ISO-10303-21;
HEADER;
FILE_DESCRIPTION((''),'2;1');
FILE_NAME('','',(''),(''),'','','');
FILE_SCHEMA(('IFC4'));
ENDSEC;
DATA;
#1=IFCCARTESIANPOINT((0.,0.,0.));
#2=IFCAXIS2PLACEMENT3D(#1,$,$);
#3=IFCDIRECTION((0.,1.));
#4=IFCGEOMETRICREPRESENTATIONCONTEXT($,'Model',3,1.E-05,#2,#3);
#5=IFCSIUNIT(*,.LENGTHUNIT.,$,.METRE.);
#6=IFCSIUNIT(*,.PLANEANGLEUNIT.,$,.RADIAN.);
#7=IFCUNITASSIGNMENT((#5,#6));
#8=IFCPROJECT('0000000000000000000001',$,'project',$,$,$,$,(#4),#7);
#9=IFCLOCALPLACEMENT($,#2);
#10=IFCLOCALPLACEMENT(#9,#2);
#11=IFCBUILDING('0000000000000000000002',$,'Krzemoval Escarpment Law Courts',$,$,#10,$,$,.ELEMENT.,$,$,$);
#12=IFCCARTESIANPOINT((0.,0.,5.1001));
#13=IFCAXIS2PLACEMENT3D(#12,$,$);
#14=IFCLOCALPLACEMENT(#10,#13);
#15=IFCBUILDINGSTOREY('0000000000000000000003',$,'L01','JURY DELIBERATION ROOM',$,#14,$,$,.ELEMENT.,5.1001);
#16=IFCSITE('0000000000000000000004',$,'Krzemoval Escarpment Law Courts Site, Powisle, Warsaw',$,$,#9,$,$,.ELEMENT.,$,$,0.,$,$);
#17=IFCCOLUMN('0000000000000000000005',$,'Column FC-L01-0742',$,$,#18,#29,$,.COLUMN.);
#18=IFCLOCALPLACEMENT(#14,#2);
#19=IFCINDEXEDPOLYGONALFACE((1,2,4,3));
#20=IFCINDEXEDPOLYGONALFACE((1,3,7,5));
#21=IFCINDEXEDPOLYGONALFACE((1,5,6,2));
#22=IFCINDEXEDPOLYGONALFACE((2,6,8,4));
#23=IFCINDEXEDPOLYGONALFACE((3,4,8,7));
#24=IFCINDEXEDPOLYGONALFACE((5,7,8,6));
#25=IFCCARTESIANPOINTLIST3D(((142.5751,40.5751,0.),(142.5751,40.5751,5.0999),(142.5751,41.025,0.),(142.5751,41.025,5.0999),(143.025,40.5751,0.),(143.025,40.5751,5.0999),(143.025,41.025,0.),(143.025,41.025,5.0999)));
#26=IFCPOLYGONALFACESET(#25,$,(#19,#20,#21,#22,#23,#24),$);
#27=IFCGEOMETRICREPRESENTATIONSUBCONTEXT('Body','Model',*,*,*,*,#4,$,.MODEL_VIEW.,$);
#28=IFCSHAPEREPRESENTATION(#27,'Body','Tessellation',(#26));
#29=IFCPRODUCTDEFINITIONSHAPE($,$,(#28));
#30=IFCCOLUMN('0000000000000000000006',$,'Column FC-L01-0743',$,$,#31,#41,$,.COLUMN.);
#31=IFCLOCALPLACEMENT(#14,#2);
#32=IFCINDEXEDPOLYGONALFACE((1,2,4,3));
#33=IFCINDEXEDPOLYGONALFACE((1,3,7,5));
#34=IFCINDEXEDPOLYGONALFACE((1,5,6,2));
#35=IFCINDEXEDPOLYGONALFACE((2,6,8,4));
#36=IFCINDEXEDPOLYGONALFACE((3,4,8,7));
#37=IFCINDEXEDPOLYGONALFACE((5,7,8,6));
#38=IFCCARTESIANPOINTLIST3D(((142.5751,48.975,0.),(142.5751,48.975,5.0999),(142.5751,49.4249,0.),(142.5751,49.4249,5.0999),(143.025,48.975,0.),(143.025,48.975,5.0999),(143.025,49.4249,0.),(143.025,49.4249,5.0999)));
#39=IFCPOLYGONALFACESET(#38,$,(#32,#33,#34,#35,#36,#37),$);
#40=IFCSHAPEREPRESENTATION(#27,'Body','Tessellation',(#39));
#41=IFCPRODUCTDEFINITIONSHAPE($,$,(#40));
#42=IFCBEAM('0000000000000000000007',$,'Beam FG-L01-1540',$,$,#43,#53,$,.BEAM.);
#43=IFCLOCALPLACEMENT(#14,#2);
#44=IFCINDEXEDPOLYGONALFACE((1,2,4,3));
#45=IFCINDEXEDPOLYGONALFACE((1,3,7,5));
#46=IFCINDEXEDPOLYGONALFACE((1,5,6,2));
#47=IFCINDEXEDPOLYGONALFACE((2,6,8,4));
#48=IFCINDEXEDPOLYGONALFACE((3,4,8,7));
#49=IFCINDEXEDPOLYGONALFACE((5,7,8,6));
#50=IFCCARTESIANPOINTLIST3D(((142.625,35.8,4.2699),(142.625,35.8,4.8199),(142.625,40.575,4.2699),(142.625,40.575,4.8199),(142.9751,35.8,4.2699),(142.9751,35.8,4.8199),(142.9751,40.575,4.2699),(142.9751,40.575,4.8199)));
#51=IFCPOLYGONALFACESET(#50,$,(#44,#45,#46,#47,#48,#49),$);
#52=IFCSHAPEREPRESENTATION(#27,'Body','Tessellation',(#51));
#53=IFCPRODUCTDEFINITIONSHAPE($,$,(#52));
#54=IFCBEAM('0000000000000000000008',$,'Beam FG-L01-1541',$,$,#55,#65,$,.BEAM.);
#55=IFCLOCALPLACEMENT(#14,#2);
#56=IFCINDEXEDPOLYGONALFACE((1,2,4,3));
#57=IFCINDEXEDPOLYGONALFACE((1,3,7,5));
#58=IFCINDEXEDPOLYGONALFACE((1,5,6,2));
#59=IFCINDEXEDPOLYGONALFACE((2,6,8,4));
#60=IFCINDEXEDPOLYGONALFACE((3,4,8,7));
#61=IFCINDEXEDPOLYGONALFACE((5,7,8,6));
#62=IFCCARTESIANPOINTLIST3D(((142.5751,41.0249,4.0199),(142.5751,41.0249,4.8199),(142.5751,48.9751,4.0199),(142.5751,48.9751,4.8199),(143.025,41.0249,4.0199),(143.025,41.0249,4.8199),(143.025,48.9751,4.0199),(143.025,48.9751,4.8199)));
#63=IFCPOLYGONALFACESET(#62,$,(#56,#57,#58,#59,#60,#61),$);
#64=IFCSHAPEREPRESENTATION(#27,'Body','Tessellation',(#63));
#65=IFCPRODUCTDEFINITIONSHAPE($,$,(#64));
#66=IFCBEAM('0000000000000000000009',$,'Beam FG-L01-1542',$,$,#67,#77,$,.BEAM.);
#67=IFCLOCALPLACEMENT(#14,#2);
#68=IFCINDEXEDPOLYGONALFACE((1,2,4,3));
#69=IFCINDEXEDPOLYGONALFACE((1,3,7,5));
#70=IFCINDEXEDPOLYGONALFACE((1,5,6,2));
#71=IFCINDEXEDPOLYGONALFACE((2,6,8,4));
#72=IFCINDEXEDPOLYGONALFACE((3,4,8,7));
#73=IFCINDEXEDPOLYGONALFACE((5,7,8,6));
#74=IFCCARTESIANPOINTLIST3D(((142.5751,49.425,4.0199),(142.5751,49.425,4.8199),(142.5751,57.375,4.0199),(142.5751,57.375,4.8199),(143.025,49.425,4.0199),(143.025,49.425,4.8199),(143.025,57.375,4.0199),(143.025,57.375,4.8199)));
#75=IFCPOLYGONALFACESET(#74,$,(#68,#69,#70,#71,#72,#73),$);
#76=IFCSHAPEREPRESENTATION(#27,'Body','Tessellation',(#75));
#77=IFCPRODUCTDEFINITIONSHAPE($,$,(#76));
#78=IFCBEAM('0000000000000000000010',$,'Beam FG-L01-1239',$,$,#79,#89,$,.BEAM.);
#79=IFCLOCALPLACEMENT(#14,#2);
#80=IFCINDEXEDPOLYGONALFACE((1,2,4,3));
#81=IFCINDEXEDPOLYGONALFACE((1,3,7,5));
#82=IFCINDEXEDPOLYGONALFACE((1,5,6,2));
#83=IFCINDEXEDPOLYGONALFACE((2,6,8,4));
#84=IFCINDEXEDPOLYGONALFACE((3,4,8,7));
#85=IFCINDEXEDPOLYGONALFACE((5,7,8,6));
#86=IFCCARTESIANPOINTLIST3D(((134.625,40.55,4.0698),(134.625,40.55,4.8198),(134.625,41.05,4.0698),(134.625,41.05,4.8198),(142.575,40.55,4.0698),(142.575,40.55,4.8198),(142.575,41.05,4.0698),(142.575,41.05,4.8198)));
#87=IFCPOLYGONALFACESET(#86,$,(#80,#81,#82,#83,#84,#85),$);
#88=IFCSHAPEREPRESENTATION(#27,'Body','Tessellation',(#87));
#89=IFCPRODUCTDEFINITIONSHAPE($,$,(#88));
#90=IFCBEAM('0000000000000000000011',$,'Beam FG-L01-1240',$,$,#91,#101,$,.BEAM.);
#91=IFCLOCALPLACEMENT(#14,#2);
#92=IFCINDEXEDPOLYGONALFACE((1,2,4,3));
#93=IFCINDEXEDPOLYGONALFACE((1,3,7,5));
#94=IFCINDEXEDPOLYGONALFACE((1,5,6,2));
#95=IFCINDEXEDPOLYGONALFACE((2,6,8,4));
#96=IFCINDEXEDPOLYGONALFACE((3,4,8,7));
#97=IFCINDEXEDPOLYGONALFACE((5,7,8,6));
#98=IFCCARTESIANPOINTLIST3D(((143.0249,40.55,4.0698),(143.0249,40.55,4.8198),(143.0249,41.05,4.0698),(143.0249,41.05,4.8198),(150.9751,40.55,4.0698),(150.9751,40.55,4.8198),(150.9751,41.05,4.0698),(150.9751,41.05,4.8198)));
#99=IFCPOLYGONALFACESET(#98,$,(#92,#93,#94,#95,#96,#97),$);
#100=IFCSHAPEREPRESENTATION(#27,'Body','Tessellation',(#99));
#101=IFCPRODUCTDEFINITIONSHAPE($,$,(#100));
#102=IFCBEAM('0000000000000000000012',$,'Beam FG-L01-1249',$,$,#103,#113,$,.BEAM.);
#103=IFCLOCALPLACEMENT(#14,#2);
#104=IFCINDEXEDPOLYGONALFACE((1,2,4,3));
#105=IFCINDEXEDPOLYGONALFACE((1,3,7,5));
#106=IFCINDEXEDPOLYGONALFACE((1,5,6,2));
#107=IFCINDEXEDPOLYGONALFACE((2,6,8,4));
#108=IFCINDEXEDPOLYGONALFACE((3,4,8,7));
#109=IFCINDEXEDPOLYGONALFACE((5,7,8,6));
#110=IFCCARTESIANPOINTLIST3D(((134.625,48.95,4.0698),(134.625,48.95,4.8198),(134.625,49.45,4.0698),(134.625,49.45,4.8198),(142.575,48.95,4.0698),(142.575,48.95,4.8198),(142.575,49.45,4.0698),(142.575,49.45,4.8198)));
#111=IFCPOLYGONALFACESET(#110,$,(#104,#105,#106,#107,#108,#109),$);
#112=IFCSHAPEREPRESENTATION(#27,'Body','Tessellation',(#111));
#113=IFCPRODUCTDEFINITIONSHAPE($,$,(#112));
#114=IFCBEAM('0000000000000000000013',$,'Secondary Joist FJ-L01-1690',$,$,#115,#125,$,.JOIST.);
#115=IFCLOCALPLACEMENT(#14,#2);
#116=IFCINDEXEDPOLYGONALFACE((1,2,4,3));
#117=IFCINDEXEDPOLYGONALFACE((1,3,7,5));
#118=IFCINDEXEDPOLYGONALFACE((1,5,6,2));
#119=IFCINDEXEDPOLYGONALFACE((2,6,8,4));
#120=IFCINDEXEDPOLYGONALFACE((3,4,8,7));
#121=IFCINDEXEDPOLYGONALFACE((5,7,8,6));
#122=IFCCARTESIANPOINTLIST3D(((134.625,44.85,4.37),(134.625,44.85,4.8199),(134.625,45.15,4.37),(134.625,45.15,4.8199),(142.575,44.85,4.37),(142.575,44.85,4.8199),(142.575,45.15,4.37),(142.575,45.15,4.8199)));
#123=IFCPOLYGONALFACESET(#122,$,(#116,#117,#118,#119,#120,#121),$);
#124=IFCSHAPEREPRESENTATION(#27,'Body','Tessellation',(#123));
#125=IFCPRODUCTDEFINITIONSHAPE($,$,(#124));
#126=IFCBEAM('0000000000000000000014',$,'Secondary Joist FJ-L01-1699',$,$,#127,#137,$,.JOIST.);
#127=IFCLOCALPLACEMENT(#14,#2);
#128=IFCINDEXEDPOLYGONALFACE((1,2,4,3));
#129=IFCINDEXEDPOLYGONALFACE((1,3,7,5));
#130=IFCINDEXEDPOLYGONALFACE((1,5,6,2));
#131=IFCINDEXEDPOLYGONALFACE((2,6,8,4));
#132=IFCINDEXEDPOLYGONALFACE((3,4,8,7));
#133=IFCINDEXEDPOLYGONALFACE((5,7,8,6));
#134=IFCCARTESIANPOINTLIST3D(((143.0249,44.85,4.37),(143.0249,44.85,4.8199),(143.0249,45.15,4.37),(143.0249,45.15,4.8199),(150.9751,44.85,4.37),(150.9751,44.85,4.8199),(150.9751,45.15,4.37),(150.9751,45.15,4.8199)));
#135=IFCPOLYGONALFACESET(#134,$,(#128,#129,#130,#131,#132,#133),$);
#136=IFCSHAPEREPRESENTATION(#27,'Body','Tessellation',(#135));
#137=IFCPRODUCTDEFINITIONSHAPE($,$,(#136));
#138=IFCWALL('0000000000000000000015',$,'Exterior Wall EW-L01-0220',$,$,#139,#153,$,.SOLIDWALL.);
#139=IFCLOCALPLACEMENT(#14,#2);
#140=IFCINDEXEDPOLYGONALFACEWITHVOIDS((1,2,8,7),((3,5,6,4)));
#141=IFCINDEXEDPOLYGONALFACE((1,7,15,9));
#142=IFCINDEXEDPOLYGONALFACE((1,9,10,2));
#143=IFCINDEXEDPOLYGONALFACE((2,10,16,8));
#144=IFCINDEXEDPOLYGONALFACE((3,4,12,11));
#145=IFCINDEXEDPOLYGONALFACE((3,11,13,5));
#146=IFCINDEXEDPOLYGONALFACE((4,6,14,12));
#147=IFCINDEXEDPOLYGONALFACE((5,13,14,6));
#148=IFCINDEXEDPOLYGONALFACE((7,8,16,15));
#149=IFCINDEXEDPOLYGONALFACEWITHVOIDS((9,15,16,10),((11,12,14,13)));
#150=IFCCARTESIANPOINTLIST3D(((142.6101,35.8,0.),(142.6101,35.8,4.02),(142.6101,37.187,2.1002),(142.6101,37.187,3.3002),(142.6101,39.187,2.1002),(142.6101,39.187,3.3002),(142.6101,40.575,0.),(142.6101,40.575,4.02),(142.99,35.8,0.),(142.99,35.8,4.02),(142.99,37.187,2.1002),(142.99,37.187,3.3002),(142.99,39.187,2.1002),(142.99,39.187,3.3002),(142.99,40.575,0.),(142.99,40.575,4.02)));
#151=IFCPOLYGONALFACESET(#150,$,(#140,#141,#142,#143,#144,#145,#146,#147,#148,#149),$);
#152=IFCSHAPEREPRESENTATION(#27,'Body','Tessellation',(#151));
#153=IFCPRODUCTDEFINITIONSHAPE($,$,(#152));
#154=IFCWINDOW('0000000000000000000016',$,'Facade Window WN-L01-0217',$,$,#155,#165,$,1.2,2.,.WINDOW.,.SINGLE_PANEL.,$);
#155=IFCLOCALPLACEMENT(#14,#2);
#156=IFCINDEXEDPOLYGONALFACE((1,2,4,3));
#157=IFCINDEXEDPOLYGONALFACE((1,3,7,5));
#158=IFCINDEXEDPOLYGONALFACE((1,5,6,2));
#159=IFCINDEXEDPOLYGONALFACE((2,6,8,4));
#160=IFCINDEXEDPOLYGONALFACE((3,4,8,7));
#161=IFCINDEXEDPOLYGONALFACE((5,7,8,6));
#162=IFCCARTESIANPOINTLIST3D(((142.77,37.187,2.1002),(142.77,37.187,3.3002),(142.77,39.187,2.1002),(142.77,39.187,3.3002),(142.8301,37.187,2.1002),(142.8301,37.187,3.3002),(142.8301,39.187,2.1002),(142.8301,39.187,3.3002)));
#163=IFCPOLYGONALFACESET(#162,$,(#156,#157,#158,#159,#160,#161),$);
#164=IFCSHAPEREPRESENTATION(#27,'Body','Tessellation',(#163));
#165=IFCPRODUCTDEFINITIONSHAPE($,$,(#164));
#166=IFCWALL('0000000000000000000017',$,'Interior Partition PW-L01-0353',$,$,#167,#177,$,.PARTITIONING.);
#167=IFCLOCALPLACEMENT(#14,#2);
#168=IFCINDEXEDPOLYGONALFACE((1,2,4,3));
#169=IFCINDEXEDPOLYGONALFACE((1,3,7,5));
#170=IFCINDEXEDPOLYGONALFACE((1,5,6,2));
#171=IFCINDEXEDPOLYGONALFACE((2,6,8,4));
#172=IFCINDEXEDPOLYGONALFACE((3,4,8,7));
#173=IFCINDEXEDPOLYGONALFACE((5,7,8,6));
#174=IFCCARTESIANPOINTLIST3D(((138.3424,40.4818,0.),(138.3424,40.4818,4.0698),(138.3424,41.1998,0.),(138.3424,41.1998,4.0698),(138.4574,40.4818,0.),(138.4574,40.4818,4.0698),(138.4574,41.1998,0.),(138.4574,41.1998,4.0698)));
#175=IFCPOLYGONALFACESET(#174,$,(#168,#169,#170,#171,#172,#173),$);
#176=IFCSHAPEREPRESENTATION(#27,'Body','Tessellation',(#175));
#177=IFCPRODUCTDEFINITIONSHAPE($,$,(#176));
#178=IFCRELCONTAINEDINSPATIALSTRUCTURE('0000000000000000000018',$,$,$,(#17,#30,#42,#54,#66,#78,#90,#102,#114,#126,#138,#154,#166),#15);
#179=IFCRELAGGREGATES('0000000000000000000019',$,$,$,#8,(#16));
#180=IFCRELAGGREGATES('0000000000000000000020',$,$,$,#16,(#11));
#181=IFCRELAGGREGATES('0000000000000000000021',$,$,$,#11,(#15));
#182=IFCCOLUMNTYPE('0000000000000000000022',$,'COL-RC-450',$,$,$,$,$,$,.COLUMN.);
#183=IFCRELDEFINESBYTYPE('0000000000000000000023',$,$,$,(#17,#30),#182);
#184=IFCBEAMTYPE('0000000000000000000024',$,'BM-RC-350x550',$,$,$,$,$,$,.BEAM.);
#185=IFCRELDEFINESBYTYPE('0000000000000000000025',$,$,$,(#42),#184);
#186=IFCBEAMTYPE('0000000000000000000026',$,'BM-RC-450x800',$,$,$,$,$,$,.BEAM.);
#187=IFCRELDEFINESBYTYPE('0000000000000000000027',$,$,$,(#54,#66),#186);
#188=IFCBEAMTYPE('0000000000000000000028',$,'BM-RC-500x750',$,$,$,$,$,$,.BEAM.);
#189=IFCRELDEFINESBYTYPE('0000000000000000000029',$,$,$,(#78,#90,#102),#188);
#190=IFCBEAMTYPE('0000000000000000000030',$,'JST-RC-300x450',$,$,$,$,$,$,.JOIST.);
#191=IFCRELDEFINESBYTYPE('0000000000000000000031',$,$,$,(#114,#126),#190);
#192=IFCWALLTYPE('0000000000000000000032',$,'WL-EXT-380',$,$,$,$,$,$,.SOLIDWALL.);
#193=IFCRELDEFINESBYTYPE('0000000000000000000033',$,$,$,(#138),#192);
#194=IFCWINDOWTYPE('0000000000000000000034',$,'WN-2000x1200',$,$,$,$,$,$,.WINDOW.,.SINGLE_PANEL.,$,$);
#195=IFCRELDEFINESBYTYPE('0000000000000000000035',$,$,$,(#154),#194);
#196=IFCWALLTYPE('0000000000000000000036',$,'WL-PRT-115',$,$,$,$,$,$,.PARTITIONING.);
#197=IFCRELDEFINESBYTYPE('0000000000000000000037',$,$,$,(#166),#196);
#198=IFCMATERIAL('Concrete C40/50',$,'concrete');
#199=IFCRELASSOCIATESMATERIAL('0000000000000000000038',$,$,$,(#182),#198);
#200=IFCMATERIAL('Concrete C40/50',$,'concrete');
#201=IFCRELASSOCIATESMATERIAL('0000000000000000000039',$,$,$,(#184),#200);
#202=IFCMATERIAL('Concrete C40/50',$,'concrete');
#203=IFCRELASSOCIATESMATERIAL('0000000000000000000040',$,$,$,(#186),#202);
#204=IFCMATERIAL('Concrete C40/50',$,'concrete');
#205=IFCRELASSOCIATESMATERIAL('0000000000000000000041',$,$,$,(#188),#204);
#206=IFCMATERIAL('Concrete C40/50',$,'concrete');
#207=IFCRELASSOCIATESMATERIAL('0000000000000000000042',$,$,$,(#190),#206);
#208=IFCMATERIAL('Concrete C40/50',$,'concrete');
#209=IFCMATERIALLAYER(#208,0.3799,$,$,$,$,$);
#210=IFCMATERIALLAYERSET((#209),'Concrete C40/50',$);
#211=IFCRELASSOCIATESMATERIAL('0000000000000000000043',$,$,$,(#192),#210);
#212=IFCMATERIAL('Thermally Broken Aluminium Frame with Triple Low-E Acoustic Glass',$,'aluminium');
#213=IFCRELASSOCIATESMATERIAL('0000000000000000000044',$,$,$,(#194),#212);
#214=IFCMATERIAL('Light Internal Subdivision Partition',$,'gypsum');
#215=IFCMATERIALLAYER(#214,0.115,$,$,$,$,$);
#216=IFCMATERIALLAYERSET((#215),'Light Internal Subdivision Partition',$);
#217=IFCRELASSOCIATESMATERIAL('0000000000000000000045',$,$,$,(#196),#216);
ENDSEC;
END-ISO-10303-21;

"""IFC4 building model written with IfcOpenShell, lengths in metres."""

from ifc_helpers import new_model, si_unit, direction, frame, frame_2d, origin, origin_2d, place, context, subcontext, project, spatial, rectangle, extrude, material, layer, layer_set, material_profile, profile_set, type_object, element, fill, save


model = new_model("IFC4")

# Units and contexts
model_context = context("Model", 3, precision=1e-05, world=origin(), true_north=direction((0.0, 1.0)))
body_context = subcontext(model_context, "Body", "Model", "MODEL_VIEW")
ifc_project = project(units=[si_unit("LENGTHUNIT", "METRE"), si_unit("PLANEANGLEUNIT", "RADIAN")], contexts=[model_context])

# Site, building, storey
site_placement = place(None, origin())
site = spatial("IfcSite", under=ifc_project, at=site_placement, Name="Krzemoval Escarpment Law Courts Site, Powisle, Warsaw", CompositionType="ELEMENT", RefElevation=0.0)
building_placement = place(site_placement, origin())
building = spatial("IfcBuilding", under=site, at=building_placement, Name="Krzemoval Escarpment Law Courts", CompositionType="ELEMENT")
storey_placement = place(building_placement, frame((0.0, 0.0, 5.1001)))
storey = spatial("IfcBuildingStorey", under=building, at=storey_placement, Name="L01", Description="JURY DELIBERATION ROOM", CompositionType="ELEMENT", Elevation=5.1001)

# Columns
ifc_material_1 = material(Name="Concrete C40/50", Category="concrete")
ifc_material_profile_1 = material_profile(ifc_material_1, rectangle(XDim=0.45, YDim=0.45, at=origin_2d()), Name="RC 450x450")
ifc_profile_set_1 = profile_set([ifc_material_profile_1], Name="Concrete C40/50")
column_type = type_object("IfcColumnType", Name="COL-RC-450", PredefinedType="COLUMN", material=ifc_profile_set_1)
for number, where, z_axis, x_axis, name in (
    (1, (142.8, 40.8, 0.0), (0.0, 0.0, 1.0), (1.0, 0.0, 0.0), "Column FC-L01-0742"),
    (2, (142.8, 49.2, 0.0), (0.0, 0.0, 1.0), (1.0, 0.0, 0.0), "Column FC-L01-0743"),
):
    element("IfcColumn", number, at=place(storey_placement, frame(where, z_axis=z_axis, x_axis=x_axis)), inside=storey, type_object=column_type, Name=name, PredefinedType="COLUMN", context=body_context, shape_type="SweptSolid", body=[
        extrude(rectangle(XDim=0.45, YDim=0.45, at=origin_2d()), origin(), (0.0, 0.0, 1.0), 5.0999),
    ])

# Beams
ifc_material_2 = material(Name="Concrete C40/50", Category="concrete")
ifc_material_profile_2 = material_profile(ifc_material_2, rectangle(XDim=0.3501, YDim=0.55, at=origin_2d()), Name="RCB 350x550")
ifc_profile_set_2 = profile_set([ifc_material_profile_2], Name="Concrete C40/50")
beam_type_1 = type_object("IfcBeamType", Name="BM-RC-350x550", PredefinedType="BEAM", material=ifc_profile_set_2)
beam_1_placement = place(storey_placement, frame((142.8, 35.8, 4.5449), z_axis=(0.0, 1.0, 0.0), x_axis=(-1.0, 0.0, 0.0)))
element("IfcBeam", 3, at=beam_1_placement, inside=storey, type_object=beam_type_1, Name="Beam FG-L01-1540", PredefinedType="BEAM", context=body_context, shape_type="SweptSolid", body=[
    extrude(rectangle(XDim=0.3501, YDim=0.55, at=origin_2d()), origin(), (0.0, 0.0, 1.0), 4.7749),
])
ifc_material_3 = material(Name="Concrete C40/50", Category="concrete")
ifc_material_profile_3 = material_profile(ifc_material_3, rectangle(XDim=0.45, YDim=0.8, at=origin_2d()), Name="RCB 450x800")
ifc_profile_set_3 = profile_set([ifc_material_profile_3], Name="Concrete C40/50")
beam_type_2 = type_object("IfcBeamType", Name="BM-RC-450x800", PredefinedType="BEAM", material=ifc_profile_set_3)
beam_2_placement = place(storey_placement, frame((142.8, 41.0249, 4.4199), z_axis=(0.0, 1.0, 0.0), x_axis=(-1.0, 0.0, 0.0)))
element("IfcBeam", 4, at=beam_2_placement, inside=storey, type_object=beam_type_2, Name="Beam FG-L01-1541", PredefinedType="BEAM", context=body_context, shape_type="SweptSolid", body=[
    extrude(rectangle(XDim=0.45, YDim=0.8, at=origin_2d()), origin(), (0.0, 0.0, 1.0), 7.9502),
])
beam_3_placement = place(storey_placement, frame((142.8, 49.425, 4.4199), z_axis=(0.0, 1.0, 0.0), x_axis=(-1.0, 0.0, 0.0)))
element("IfcBeam", 5, at=beam_3_placement, inside=storey, type_object=beam_type_2, Name="Beam FG-L01-1542", PredefinedType="BEAM", context=body_context, shape_type="SweptSolid", body=[
    extrude(rectangle(XDim=0.45, YDim=0.8, at=origin_2d()), origin(), (0.0, 0.0, 1.0), 7.95),
])
ifc_material_4 = material(Name="Concrete C40/50", Category="concrete")
ifc_material_profile_4 = material_profile(ifc_material_4, rectangle(XDim=0.5, YDim=0.75, at=origin_2d()), Name="RCB 500x750")
ifc_profile_set_4 = profile_set([ifc_material_profile_4], Name="Concrete C40/50")
beam_type_3 = type_object("IfcBeamType", Name="BM-RC-500x750", PredefinedType="BEAM", material=ifc_profile_set_4)
beam_4_placement = place(storey_placement, frame((134.625, 40.8, 4.4448), z_axis=(1.0, 0.0, 0.0), x_axis=(0.0, 1.0, 0.0)))
element("IfcBeam", 6, at=beam_4_placement, inside=storey, type_object=beam_type_3, Name="Beam FG-L01-1239", PredefinedType="BEAM", context=body_context, shape_type="SweptSolid", body=[
    extrude(rectangle(XDim=0.5, YDim=0.75, at=origin_2d()), origin(), (0.0, 0.0, 1.0), 7.95),
])
beam_5_placement = place(storey_placement, frame((143.0249, 40.8, 4.4448), z_axis=(1.0, 0.0, 0.0), x_axis=(0.0, 1.0, 0.0)))
element("IfcBeam", 7, at=beam_5_placement, inside=storey, type_object=beam_type_3, Name="Beam FG-L01-1240", PredefinedType="BEAM", context=body_context, shape_type="SweptSolid", body=[
    extrude(rectangle(XDim=0.5, YDim=0.75, at=origin_2d()), origin(), (0.0, 0.0, 1.0), 7.9502),
])
beam_6_placement = place(storey_placement, frame((134.625, 49.2, 4.4448), z_axis=(1.0, 0.0, 0.0), x_axis=(0.0, 1.0, 0.0)))
element("IfcBeam", 8, at=beam_6_placement, inside=storey, type_object=beam_type_3, Name="Beam FG-L01-1249", PredefinedType="BEAM", context=body_context, shape_type="SweptSolid", body=[
    extrude(rectangle(XDim=0.5, YDim=0.75, at=origin_2d()), origin(), (0.0, 0.0, 1.0), 7.95),
])
ifc_material_5 = material(Name="Concrete C40/50", Category="concrete")
ifc_material_profile_5 = material_profile(ifc_material_5, rectangle(XDim=0.3, YDim=0.45, at=origin_2d()), Name="RCB 300x450")
ifc_profile_set_5 = profile_set([ifc_material_profile_5], Name="Concrete C40/50")
beam_type_4 = type_object("IfcBeamType", Name="JST-RC-300x450", PredefinedType="JOIST", material=ifc_profile_set_5)
beam_7_placement = place(storey_placement, frame((134.625, 45.0, 4.595), z_axis=(1.0, 0.0, 0.0), x_axis=(0.0, 1.0, 0.0)))
element("IfcBeam", 9, at=beam_7_placement, inside=storey, type_object=beam_type_4, Name="Secondary Joist FJ-L01-1690", PredefinedType="JOIST", context=body_context, shape_type="SweptSolid", body=[
    extrude(rectangle(XDim=0.3, YDim=0.45, at=origin_2d()), origin(), (0.0, 0.0, 1.0), 7.95),
])
beam_8_placement = place(storey_placement, frame((143.0249, 45.0, 4.595), z_axis=(1.0, 0.0, 0.0), x_axis=(0.0, 1.0, 0.0)))
element("IfcBeam", 10, at=beam_8_placement, inside=storey, type_object=beam_type_4, Name="Secondary Joist FJ-L01-1699", PredefinedType="JOIST", context=body_context, shape_type="SweptSolid", body=[
    extrude(rectangle(XDim=0.3, YDim=0.45, at=origin_2d()), origin(), (0.0, 0.0, 1.0), 7.9502),
])

# Wall, opening, window
ifc_material_6 = material(Name="Concrete C40/50", Category="concrete")
ifc_layer_1 = layer(ifc_material_6, 0.3799)
ifc_layer_set_1 = layer_set([ifc_layer_1], Name="Concrete C40/50")
wall_type_1 = type_object("IfcWallType", Name="WL-EXT-380", PredefinedType="SOLIDWALL", material=ifc_layer_set_1)
wall_1_placement = place(storey_placement, frame((142.8, 40.575, 0.0), z_axis=(0.0, 0.0, 1.0), x_axis=(0.0, -1.0, 0.0)))
wall_1 = element("IfcWall", 11, at=wall_1_placement, inside=storey, type_object=wall_type_1, Name="Exterior Wall EW-L01-0220", PredefinedType="SOLIDWALL", context=body_context, shape_type="SweptSolid", body=[
    extrude(rectangle(XDim=4.7749, YDim=0.3799, at=frame_2d((2.3875, 0.0))), origin(), (0.0, 0.0, 1.0), 4.02),
])
opening_1_placement = place(wall_1_placement, frame((1.3879, 0.0, 2.1001)))
opening_1 = element("IfcOpeningElement", 12, at=opening_1_placement, cuts=wall_1, PredefinedType="OPENING", context=body_context, shape_type="SweptSolid", body=[
    extrude(rectangle(XDim=2.0, YDim=1.2, at=frame_2d((1.0, 0.6001))), frame((0.0, 0.2049, 0.0), z_axis=(0.0, -1.0, 0.0), x_axis=(1.0, 0.0, 0.0)), (0.0, 0.0, 1.0), 0.4099),
])
ifc_material_7 = material(Name="Thermally Broken Aluminium Frame with Triple Low-E Acoustic Glass", Category="aluminium")
window_type = type_object("IfcWindowType", Name="WN-2000x1200", PartitioningType="SINGLE_PANEL", PredefinedType="WINDOW", material=ifc_material_7)
window_placement = place(opening_1_placement, origin())
window = element("IfcWindow", 13, at=window_placement, inside=storey, type_object=window_type, Name="Facade Window WN-L01-0217", OverallHeight=1.2, OverallWidth=2.0, PartitioningType="SINGLE_PANEL", PredefinedType="WINDOW", context=body_context, shape_type="SweptSolid", body=[
    extrude(rectangle(XDim=2.0, YDim=1.2, at=frame_2d((1.0, 0.6001))), frame((0.0, 0.03, 0.0), z_axis=(0.0, -1.0, 0.0), x_axis=(1.0, 0.0, 0.0)), (0.0, 0.0, 1.0), 0.0601),
])
fill(opening_1, window)

# Wall
ifc_material_8 = material(Name="Light Internal Subdivision Partition", Category="gypsum")
ifc_layer_2 = layer(ifc_material_8, 0.115)
ifc_layer_set_2 = layer_set([ifc_layer_2], Name="Light Internal Subdivision Partition")
wall_type_2 = type_object("IfcWallType", Name="WL-PRT-115", PredefinedType="PARTITIONING", material=ifc_layer_set_2)
wall_2_placement = place(storey_placement, frame((138.3999, 40.4819, 0.0), z_axis=(0.0, 0.0, 1.0), x_axis=(0.0, 1.0, 0.0)))
element("IfcWall", 14, at=wall_2_placement, inside=storey, type_object=wall_type_2, Name="Interior Partition PW-L01-0353", PredefinedType="PARTITIONING", context=body_context, shape_type="SweptSolid", body=[
    extrude(rectangle(XDim=0.718, YDim=0.115, at=frame_2d((0.3589, 0.0))), origin(), (0.0, 0.0, 1.0), 4.0698),
])

save(model, "model.ifc")
